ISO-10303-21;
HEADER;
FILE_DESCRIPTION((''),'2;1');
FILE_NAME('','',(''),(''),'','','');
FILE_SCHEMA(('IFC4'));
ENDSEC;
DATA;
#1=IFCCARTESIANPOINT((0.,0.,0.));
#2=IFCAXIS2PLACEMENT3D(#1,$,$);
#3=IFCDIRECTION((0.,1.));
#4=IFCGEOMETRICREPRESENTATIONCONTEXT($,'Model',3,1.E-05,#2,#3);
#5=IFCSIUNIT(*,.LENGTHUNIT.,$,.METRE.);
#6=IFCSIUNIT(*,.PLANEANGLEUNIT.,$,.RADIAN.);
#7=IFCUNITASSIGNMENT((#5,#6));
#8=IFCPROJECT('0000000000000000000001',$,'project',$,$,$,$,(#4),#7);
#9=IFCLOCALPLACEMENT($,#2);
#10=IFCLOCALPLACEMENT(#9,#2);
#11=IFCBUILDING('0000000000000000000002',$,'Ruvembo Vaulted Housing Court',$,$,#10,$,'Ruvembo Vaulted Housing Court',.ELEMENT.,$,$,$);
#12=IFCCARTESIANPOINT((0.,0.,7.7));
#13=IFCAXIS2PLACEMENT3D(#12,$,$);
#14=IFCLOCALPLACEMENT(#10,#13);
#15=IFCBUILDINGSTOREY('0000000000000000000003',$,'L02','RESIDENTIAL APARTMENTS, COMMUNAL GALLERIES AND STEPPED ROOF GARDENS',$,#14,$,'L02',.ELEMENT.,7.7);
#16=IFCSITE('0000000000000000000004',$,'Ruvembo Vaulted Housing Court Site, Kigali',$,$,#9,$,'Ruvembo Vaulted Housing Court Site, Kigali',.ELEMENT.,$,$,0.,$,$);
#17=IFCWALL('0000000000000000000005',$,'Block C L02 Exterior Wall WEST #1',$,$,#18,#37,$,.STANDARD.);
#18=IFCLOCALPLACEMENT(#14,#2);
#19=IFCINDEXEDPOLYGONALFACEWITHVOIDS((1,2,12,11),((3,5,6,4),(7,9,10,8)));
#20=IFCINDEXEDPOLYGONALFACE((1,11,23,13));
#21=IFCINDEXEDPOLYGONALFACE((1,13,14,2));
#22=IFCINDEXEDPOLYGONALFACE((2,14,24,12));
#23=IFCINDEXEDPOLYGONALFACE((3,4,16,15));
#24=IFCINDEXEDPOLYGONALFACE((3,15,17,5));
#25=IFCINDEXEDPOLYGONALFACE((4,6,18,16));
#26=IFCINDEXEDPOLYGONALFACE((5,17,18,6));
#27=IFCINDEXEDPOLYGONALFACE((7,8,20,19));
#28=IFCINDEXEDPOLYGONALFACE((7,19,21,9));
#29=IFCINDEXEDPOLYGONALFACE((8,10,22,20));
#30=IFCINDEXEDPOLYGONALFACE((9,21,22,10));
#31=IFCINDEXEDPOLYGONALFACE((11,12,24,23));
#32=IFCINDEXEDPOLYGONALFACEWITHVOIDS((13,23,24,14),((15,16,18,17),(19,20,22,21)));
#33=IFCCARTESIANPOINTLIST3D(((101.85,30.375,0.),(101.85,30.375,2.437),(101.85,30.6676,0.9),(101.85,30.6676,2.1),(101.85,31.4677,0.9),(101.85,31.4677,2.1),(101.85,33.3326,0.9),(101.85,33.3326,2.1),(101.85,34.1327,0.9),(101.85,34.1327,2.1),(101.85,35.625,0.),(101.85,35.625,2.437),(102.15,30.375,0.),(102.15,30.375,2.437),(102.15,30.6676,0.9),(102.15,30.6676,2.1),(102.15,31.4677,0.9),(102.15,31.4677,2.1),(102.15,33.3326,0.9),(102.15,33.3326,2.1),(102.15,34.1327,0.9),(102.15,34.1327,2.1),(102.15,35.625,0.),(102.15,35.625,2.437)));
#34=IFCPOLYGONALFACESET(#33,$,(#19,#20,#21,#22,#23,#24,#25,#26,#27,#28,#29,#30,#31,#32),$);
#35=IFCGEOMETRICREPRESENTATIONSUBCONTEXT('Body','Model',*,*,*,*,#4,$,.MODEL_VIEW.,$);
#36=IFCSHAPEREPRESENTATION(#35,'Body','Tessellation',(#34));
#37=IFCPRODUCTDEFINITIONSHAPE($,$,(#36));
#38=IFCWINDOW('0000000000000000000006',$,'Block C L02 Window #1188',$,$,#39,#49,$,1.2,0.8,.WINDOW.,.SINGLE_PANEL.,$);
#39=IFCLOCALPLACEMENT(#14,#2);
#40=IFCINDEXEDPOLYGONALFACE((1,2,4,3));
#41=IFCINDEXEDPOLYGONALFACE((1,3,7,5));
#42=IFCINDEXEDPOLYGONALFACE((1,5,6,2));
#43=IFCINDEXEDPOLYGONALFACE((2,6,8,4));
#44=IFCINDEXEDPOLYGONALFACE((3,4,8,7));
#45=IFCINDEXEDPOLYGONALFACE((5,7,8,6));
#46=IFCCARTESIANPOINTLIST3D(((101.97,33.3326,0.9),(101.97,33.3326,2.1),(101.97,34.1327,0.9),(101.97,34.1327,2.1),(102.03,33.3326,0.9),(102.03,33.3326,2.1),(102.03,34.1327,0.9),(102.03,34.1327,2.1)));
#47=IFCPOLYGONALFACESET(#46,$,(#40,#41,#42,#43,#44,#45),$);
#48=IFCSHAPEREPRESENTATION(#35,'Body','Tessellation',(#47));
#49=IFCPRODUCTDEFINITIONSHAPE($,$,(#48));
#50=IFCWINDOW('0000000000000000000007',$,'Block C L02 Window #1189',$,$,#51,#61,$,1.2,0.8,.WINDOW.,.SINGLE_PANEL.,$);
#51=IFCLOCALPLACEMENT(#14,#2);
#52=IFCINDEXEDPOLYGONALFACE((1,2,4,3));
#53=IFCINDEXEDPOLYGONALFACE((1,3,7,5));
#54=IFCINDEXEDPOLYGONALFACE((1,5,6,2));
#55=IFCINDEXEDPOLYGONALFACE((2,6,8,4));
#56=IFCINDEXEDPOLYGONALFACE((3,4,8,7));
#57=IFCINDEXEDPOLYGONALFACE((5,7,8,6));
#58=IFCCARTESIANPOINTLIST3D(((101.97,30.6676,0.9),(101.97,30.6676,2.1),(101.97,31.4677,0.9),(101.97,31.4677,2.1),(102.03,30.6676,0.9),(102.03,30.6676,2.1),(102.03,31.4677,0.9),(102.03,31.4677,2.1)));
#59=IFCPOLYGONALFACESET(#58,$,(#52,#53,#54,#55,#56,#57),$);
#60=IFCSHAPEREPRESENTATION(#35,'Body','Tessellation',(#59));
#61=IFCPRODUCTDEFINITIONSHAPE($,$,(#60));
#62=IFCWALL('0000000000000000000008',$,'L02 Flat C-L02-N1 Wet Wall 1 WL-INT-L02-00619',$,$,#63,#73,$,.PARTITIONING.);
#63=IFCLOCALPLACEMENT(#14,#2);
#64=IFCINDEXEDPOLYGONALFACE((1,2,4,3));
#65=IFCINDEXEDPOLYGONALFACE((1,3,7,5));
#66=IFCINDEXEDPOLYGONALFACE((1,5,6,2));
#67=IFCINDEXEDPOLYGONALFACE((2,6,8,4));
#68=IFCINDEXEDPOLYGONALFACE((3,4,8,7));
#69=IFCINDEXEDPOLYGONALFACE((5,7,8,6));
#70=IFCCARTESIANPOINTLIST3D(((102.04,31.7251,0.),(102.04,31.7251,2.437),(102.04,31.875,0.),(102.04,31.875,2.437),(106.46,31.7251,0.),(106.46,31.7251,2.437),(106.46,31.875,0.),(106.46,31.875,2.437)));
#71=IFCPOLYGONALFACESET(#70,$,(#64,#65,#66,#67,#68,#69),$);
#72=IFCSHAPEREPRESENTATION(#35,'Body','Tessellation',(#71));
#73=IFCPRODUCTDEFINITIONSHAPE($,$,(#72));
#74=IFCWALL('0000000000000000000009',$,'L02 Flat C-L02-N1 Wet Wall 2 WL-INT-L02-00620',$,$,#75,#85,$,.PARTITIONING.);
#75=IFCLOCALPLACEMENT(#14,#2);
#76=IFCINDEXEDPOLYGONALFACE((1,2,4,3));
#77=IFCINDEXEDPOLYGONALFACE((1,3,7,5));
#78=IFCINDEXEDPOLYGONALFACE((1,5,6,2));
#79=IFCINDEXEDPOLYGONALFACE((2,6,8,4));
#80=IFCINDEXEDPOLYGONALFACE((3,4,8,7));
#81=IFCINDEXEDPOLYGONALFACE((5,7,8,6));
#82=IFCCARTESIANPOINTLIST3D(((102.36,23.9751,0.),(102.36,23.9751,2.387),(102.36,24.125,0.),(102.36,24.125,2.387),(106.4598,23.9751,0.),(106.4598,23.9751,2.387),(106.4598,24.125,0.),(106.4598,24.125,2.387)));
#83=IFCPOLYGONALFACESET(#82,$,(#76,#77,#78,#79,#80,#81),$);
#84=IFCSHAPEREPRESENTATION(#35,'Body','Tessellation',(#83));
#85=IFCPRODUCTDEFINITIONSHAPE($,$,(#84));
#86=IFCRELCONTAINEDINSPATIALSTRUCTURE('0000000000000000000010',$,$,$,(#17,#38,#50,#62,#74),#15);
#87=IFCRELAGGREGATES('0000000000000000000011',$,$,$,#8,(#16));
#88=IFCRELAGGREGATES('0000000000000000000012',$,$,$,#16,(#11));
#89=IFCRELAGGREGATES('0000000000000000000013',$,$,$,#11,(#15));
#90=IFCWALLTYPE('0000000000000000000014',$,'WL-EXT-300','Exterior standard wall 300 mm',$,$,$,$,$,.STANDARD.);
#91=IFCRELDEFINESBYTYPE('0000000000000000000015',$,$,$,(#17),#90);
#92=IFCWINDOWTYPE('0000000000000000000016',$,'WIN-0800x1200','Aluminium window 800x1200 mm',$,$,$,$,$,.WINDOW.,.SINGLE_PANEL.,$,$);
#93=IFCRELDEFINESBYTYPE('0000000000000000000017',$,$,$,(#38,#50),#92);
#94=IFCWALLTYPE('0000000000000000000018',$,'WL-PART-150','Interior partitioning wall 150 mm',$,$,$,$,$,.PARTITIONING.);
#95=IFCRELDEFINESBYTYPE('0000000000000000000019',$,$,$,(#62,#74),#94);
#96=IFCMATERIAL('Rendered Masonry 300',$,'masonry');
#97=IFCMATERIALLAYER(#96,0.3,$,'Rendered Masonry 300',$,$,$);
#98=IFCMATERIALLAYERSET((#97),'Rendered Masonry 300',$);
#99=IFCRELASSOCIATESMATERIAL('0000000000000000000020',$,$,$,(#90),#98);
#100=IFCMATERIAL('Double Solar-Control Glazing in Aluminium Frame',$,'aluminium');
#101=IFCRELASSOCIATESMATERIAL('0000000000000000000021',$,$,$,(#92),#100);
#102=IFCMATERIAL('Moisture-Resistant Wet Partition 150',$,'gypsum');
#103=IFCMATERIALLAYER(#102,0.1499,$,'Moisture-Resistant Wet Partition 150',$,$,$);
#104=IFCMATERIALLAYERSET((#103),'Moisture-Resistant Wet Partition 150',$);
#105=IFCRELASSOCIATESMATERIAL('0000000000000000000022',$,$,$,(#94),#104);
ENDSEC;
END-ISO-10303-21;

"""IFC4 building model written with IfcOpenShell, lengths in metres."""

from ifc_helpers import new_model, si_unit, direction, frame, frame_2d, origin, place, context, subcontext, project, spatial, rectangle, extrude, material, layer, layer_set, type_object, element, fill, save


model = new_model("IFC4")

# Units and contexts
model_context = context("Model", 3, precision=1e-05, world=origin(), true_north=direction((0.0, 1.0)))
body_context = subcontext(model_context, "Body", "Model", "MODEL_VIEW")
ifc_project = project(units=[si_unit("LENGTHUNIT", "METRE"), si_unit("PLANEANGLEUNIT", "RADIAN")], contexts=[model_context])

# Site, building, storey
site_placement = place(None, origin())
site = spatial("IfcSite", under=ifc_project, at=site_placement, Name="Ruvembo Vaulted Housing Court Site, Kigali", LongName="Ruvembo Vaulted Housing Court Site, Kigali", CompositionType="ELEMENT", RefElevation=0.0)
building_placement = place(site_placement, origin())
building = spatial("IfcBuilding", under=site, at=building_placement, Name="Ruvembo Vaulted Housing Court", LongName="Ruvembo Vaulted Housing Court", CompositionType="ELEMENT")
storey_placement = place(building_placement, frame((0.0, 0.0, 7.7)))
storey = spatial("IfcBuildingStorey", under=building, at=storey_placement, Name="L02", Description="RESIDENTIAL APARTMENTS, COMMUNAL GALLERIES AND STEPPED ROOF GARDENS", LongName="L02", CompositionType="ELEMENT", Elevation=7.7)

# Wall, openings, windows
ifc_material_1 = material(Name="Rendered Masonry 300", Category="masonry")
ifc_layer_1 = layer(ifc_material_1, 0.3, Name="Rendered Masonry 300")
ifc_layer_set_1 = layer_set([ifc_layer_1], Name="Rendered Masonry 300")
wall_type_1 = type_object("IfcWallType", Name="WL-EXT-300", Description="Exterior standard wall 300 mm", PredefinedType="STANDARD", material=ifc_layer_set_1)
wall_1_placement = place(storey_placement, frame((102.0, 35.625, 0.0), z_axis=(0.0, 0.0, 1.0), x_axis=(0.0, -1.0, 0.0)))
wall_1 = element("IfcWall", 1, at=wall_1_placement, inside=storey, type_object=wall_type_1, Name="Block C L02 Exterior Wall WEST #1", PredefinedType="STANDARD", context=body_context, shape_type="SweptSolid", body=[
    extrude(rectangle(XDim=5.25, YDim=0.3, at=frame_2d((2.625, 0.0))), origin(), (0.0, 0.0, 1.0), 2.437),
])
opening_1_placement = place(wall_1_placement, frame((1.4924, 0.0, 0.8999)))
opening_1 = element("IfcOpeningElement", 2, at=opening_1_placement, cuts=wall_1, PredefinedType="OPENING", context=body_context, shape_type="SweptSolid", body=[
    extrude(rectangle(XDim=0.8, YDim=1.2, at=frame_2d((0.3999, 0.6001))), frame((0.0, 0.1599, 0.0), z_axis=(0.0, -1.0, 0.0), x_axis=(1.0, 0.0, 0.0)), (0.0, 0.0, 1.0), 0.3201),
])
opening_2_placement = place(wall_1_placement, frame((4.1575, 0.0, 0.8999)))
opening_2 = element("IfcOpeningElement", 3, at=opening_2_placement, cuts=wall_1, PredefinedType="OPENING", context=body_context, shape_type="SweptSolid", body=[
    extrude(rectangle(XDim=0.8, YDim=1.2, at=frame_2d((0.3999, 0.6001))), frame((0.0, 0.1599, 0.0), z_axis=(0.0, -1.0, 0.0), x_axis=(1.0, 0.0, 0.0)), (0.0, 0.0, 1.0), 0.3201),
])
ifc_material_2 = material(Name="Double Solar-Control Glazing in Aluminium Frame", Category="aluminium")
window_type = type_object("IfcWindowType", Name="WIN-0800x1200", Description="Aluminium window 800x1200 mm", PartitioningType="SINGLE_PANEL", PredefinedType="WINDOW", material=ifc_material_2)
window_1_placement = place(opening_1_placement, origin())
window_1 = element("IfcWindow", 4, at=window_1_placement, inside=storey, type_object=window_type, Name="Block C L02 Window #1188", OverallHeight=1.2, OverallWidth=0.8, PartitioningType="SINGLE_PANEL", PredefinedType="WINDOW", context=body_context, shape_type="SweptSolid", body=[
    extrude(rectangle(XDim=0.8, YDim=1.2, at=frame_2d((0.3999, 0.6001))), frame((0.0, 0.03, 0.0), z_axis=(0.0, -1.0, 0.0), x_axis=(1.0, 0.0, 0.0)), (0.0, 0.0, 1.0), 0.0601),
])
fill(opening_1, window_1)
window_2_placement = place(opening_2_placement, origin())
window_2 = element("IfcWindow", 5, at=window_2_placement, inside=storey, type_object=window_type, Name="Block C L02 Window #1189", OverallHeight=1.2, OverallWidth=0.8, PartitioningType="SINGLE_PANEL", PredefinedType="WINDOW", context=body_context, shape_type="SweptSolid", body=[
    extrude(rectangle(XDim=0.8, YDim=1.2, at=frame_2d((0.3999, 0.6001))), frame((0.0, 0.03, 0.0), z_axis=(0.0, -1.0, 0.0), x_axis=(1.0, 0.0, 0.0)), (0.0, 0.0, 1.0), 0.0601),
])
fill(opening_2, window_2)

# Walls
ifc_material_3 = material(Name="Moisture-Resistant Wet Partition 150", Category="gypsum")
ifc_layer_2 = layer(ifc_material_3, 0.1499, Name="Moisture-Resistant Wet Partition 150")
ifc_layer_set_2 = layer_set([ifc_layer_2], Name="Moisture-Resistant Wet Partition 150")
wall_type_2 = type_object("IfcWallType", Name="WL-PART-150", Description="Interior partitioning wall 150 mm", PredefinedType="PARTITIONING", material=ifc_layer_set_2)
wall_2_placement = place(storey_placement, frame((102.04, 31.8, 0.0), z_axis=(0.0, 0.0, 1.0), x_axis=(1.0, 0.0, 0.0)))
element("IfcWall", 6, at=wall_2_placement, inside=storey, type_object=wall_type_2, Name="L02 Flat C-L02-N1 Wet Wall 1 WL-INT-L02-00619", PredefinedType="PARTITIONING", context=body_context, shape_type="SweptSolid", body=[
    extrude(rectangle(XDim=4.4199, YDim=0.1499, at=frame_2d((2.21, 0.0))), origin(), (0.0, 0.0, 1.0), 2.437),
])
wall_3_placement = place(storey_placement, frame((102.3601, 24.05, 0.0), z_axis=(0.0, 0.0, 1.0), x_axis=(1.0, 0.0, 0.0)))
element("IfcWall", 7, at=wall_3_placement, inside=storey, type_object=wall_type_2, Name="L02 Flat C-L02-N1 Wet Wall 2 WL-INT-L02-00620", PredefinedType="PARTITIONING", context=body_context, shape_type="SweptSolid", body=[
    extrude(rectangle(XDim=4.0999, YDim=0.1499, at=frame_2d((2.0498, 0.0))), origin(), (0.0, 0.0, 1.0), 2.387),
])

save(model, "model.ifc")
